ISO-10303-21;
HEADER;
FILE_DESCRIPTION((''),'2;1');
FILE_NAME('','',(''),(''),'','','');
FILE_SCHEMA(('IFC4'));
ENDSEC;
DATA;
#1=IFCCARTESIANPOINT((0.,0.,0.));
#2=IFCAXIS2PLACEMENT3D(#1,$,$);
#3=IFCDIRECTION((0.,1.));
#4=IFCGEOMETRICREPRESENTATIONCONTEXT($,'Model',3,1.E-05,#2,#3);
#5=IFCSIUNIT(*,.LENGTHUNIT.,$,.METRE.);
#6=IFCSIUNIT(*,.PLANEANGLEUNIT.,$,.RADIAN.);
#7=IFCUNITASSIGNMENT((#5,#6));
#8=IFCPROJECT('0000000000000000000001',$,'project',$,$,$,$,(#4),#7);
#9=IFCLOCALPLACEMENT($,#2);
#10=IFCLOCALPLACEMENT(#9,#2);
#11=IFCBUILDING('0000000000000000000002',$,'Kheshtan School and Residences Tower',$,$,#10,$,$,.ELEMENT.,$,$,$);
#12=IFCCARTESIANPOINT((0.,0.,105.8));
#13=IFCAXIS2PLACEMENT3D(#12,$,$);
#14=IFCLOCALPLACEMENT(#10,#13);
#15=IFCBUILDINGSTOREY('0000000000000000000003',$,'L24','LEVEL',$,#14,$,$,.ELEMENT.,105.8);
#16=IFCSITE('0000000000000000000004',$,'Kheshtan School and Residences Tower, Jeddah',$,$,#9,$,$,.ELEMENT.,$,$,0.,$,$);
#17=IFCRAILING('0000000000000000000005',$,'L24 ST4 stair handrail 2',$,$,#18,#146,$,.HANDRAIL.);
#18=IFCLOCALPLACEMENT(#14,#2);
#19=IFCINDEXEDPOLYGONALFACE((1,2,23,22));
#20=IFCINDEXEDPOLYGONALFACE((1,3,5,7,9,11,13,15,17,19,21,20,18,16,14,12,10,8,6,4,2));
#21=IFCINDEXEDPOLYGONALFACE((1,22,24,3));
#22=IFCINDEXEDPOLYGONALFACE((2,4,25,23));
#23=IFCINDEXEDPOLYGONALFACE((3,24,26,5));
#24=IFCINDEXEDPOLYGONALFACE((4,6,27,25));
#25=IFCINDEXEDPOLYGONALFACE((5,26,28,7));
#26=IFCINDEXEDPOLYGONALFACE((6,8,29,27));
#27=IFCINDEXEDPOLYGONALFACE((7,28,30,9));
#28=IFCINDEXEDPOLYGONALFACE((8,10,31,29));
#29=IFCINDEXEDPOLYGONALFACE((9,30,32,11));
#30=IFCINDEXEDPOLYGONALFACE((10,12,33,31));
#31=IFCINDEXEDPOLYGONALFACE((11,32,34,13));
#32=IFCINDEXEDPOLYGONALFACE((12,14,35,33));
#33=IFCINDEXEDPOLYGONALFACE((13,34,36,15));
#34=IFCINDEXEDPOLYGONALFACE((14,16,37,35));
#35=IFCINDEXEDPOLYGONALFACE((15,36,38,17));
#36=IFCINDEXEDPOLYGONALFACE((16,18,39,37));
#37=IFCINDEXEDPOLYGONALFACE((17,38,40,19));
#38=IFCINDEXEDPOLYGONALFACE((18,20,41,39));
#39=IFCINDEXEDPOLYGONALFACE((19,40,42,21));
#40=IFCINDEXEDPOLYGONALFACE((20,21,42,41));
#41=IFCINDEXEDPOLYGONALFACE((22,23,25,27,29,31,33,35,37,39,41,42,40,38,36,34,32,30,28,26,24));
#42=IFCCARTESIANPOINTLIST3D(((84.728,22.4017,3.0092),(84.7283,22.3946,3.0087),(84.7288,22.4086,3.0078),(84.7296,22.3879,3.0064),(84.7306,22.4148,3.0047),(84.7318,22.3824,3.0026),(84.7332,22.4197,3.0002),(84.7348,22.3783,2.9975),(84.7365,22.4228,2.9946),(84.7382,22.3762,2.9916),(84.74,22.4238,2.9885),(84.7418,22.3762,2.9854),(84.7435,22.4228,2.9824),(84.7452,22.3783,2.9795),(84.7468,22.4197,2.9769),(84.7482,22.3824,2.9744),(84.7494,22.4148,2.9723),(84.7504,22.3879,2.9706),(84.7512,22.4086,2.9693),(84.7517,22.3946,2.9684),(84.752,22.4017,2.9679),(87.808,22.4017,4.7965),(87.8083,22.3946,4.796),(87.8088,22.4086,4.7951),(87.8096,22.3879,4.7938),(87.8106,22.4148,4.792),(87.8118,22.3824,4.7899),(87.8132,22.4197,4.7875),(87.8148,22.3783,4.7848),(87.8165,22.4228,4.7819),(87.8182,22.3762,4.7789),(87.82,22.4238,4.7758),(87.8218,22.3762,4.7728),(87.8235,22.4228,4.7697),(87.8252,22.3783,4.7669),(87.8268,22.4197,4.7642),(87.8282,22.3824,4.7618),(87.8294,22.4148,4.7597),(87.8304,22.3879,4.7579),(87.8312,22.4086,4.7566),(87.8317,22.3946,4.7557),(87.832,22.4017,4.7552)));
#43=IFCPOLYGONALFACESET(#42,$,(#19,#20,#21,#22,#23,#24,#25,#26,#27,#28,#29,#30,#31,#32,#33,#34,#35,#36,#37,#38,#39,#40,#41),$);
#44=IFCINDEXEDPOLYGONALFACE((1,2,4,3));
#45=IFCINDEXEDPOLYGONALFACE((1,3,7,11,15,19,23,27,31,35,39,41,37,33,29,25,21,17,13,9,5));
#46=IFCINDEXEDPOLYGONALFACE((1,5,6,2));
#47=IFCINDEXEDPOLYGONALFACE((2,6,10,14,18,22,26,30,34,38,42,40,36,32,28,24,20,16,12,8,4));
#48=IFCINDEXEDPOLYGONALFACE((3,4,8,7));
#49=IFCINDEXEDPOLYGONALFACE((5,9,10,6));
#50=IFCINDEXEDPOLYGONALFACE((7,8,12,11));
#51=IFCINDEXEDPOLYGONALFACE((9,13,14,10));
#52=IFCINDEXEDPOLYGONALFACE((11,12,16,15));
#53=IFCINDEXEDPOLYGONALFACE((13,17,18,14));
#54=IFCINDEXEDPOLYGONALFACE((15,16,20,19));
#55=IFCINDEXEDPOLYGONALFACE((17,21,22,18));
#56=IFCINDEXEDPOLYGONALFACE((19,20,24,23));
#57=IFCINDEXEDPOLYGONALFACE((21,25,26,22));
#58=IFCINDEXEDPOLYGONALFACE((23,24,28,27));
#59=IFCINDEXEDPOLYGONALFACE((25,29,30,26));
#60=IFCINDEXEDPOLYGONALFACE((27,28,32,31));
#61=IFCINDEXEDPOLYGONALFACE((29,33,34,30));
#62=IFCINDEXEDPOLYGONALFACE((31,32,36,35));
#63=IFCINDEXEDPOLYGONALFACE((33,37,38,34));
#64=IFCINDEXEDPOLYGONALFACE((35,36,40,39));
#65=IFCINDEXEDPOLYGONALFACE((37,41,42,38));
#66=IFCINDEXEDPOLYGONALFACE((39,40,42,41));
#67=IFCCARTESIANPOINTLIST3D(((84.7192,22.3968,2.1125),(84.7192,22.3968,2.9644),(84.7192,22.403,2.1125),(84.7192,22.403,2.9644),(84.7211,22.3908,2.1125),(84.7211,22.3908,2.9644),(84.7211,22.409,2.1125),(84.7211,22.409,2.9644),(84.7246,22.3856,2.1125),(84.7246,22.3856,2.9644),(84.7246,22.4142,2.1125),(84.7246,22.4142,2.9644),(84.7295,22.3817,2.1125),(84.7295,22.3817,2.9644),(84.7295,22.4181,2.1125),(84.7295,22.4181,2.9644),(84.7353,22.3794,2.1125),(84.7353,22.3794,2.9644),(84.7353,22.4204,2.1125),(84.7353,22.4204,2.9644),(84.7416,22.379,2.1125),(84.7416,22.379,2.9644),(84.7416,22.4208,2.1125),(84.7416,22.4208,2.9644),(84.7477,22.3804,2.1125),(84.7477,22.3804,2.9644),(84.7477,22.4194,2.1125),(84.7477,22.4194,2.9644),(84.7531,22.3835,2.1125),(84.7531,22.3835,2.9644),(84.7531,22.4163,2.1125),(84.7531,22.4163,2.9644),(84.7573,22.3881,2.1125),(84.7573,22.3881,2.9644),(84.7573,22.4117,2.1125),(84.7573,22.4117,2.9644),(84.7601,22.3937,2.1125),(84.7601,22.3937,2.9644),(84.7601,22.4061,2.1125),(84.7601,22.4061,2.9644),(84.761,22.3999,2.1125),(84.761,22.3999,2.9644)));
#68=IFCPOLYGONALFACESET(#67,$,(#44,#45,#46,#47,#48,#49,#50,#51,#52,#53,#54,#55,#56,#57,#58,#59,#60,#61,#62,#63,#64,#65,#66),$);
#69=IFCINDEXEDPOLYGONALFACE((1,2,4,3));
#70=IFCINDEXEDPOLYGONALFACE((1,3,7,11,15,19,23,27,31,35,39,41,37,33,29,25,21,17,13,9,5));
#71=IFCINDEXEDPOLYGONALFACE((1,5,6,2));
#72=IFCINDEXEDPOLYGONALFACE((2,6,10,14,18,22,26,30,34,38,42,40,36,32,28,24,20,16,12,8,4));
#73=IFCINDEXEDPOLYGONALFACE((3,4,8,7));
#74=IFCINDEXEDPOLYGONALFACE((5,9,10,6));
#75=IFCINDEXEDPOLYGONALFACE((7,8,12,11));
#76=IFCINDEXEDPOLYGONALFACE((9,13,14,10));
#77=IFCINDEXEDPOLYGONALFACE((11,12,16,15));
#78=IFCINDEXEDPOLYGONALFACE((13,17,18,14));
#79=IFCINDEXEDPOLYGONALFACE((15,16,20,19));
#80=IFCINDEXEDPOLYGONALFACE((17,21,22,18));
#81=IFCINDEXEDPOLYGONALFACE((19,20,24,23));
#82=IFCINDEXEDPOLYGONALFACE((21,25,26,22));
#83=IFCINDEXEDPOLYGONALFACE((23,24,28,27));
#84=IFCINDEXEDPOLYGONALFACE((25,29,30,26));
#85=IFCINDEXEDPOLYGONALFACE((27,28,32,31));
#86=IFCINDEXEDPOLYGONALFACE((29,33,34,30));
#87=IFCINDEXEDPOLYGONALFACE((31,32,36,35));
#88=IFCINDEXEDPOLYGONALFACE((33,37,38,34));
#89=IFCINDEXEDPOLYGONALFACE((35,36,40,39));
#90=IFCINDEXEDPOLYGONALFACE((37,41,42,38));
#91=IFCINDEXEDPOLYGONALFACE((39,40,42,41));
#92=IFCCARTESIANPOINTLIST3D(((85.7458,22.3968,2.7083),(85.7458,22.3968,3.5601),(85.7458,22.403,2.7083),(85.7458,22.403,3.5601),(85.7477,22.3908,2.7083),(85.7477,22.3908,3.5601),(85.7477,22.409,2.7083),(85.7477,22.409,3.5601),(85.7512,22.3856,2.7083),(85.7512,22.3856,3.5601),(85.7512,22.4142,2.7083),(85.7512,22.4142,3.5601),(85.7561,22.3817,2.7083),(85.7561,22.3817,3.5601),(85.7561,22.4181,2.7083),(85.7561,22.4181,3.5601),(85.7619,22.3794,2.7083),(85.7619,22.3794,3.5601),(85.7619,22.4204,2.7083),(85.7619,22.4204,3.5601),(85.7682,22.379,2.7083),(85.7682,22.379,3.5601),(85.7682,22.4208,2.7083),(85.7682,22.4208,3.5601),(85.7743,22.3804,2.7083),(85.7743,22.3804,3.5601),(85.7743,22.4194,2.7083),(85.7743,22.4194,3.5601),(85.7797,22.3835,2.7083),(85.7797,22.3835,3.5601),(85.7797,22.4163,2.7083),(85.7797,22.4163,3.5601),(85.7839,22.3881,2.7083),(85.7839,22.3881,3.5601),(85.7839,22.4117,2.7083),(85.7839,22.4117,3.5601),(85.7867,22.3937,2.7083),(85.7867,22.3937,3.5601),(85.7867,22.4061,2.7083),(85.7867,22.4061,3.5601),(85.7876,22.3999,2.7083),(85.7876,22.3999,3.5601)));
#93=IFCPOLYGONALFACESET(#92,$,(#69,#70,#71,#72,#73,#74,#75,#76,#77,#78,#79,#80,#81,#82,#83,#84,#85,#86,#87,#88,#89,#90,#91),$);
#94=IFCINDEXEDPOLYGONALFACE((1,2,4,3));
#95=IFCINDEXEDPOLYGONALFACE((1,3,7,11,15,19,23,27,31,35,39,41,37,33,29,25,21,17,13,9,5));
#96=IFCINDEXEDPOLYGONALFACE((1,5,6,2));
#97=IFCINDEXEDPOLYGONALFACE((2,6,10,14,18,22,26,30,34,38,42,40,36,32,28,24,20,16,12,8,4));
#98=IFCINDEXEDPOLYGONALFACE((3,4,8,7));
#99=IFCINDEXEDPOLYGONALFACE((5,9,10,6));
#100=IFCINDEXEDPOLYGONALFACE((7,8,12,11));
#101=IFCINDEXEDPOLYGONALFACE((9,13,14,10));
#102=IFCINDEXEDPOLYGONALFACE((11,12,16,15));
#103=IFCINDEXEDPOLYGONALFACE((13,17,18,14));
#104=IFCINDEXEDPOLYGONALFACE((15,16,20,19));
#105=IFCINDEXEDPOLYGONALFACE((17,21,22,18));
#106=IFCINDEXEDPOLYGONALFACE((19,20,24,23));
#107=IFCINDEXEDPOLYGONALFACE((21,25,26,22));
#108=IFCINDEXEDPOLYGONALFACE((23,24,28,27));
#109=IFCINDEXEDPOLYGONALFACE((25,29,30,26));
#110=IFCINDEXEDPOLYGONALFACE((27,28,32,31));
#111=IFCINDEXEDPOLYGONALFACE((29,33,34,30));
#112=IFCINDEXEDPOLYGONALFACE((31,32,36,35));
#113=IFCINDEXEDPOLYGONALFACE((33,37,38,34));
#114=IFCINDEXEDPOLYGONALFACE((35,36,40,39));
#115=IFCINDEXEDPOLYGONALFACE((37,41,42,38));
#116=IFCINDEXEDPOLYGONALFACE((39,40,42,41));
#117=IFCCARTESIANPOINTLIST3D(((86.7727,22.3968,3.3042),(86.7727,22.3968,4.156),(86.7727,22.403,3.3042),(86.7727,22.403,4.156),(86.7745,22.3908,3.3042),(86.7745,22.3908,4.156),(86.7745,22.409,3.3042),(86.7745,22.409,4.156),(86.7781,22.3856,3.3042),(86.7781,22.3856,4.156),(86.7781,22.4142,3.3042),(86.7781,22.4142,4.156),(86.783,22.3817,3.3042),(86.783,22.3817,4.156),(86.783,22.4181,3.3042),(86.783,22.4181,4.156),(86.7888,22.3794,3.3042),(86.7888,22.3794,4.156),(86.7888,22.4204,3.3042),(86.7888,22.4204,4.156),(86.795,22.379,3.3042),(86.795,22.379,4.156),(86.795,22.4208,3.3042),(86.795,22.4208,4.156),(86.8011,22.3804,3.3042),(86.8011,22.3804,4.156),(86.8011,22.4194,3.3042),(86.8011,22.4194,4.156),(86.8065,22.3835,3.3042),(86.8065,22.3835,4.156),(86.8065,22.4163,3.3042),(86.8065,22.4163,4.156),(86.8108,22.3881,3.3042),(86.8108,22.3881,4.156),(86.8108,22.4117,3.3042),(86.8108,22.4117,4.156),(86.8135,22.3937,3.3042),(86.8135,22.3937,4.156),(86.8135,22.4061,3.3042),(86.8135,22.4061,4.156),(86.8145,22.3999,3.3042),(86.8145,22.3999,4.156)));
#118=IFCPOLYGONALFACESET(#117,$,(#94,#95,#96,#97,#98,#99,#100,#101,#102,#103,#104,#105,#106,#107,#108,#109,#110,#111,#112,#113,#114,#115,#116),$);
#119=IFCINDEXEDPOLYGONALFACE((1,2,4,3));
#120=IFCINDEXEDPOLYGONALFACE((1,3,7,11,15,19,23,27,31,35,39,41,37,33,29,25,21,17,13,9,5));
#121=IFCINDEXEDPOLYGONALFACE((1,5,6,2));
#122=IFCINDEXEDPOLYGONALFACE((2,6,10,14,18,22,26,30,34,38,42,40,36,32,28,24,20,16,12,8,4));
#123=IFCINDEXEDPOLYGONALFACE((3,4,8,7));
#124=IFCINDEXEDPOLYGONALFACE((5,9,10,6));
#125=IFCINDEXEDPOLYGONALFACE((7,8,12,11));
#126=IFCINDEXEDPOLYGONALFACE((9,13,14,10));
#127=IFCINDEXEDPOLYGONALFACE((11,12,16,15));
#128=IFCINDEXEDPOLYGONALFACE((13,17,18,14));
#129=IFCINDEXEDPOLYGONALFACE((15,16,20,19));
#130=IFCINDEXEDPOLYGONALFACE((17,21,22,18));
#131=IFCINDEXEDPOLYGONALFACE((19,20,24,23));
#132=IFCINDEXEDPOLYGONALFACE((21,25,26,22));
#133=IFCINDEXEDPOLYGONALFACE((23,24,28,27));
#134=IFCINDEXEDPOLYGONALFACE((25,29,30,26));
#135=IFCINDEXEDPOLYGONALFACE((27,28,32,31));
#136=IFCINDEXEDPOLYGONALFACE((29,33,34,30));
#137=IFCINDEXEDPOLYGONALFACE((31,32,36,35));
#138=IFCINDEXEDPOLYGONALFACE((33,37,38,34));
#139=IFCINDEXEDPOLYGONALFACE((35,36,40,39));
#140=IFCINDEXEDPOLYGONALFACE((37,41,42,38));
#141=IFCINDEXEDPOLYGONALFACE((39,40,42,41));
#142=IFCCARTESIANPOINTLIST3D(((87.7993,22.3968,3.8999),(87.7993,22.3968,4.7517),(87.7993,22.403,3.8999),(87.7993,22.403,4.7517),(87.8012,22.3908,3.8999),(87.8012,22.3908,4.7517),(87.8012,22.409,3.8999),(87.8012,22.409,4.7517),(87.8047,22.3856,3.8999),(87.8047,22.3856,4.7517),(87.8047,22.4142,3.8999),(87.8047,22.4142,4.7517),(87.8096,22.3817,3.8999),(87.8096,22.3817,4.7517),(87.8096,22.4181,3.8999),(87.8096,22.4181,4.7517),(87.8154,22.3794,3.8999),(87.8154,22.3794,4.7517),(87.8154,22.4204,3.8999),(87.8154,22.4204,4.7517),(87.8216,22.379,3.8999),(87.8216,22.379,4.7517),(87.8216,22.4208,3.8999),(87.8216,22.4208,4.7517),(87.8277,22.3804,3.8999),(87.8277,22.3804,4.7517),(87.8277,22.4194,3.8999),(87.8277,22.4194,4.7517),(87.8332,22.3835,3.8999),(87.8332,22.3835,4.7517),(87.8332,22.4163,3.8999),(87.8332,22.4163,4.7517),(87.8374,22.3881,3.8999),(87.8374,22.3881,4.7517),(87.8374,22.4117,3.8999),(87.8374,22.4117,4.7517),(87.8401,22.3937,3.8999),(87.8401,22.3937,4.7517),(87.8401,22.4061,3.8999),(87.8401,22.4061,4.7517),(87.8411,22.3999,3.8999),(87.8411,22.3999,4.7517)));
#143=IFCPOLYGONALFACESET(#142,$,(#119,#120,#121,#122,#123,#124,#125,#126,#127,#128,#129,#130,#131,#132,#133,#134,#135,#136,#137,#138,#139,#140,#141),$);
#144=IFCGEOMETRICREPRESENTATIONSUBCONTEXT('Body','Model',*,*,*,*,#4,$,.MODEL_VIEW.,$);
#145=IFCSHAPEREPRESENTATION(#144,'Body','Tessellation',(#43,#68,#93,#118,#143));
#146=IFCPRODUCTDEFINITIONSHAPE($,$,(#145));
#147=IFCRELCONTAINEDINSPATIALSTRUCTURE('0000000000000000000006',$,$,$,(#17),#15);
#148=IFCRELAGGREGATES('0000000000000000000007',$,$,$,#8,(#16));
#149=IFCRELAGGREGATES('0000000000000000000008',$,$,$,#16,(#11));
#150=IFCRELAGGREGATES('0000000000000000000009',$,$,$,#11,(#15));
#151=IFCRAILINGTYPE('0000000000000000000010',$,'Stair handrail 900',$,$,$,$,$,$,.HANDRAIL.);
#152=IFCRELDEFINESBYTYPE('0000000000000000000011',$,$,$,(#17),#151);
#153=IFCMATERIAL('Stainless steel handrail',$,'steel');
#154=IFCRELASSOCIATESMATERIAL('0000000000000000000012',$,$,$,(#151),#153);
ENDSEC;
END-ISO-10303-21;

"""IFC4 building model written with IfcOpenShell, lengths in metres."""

from ifc_helpers import new_model, si_unit, direction, frame, origin, origin_2d, place, context, subcontext, project, spatial, circle, extrude, material, type_object, element, save


model = new_model("IFC4")

# Units and contexts
model_context = context("Model", 3, precision=1e-05, world=origin(), true_north=direction((0.0, 1.0)))
body_context = subcontext(model_context, "Body", "Model", "MODEL_VIEW")
ifc_project = project(units=[si_unit("LENGTHUNIT", "METRE"), si_unit("PLANEANGLEUNIT", "RADIAN")], contexts=[model_context])

# Site, building, storey
site_placement = place(None, origin())
site = spatial("IfcSite", under=ifc_project, at=site_placement, Name="Kheshtan School and Residences Tower, Jeddah", CompositionType="ELEMENT", RefElevation=0.0)
building_placement = place(site_placement, origin())
building = spatial("IfcBuilding", under=site, at=building_placement, Name="Kheshtan School and Residences Tower", CompositionType="ELEMENT")
storey_placement = place(building_placement, frame((0.0, 0.0, 105.8)))
storey = spatial("IfcBuildingStorey", under=building, at=storey_placement, Name="L24", Description="LEVEL", CompositionType="ELEMENT", Elevation=105.8)

# Railing
ifc_material_1 = material(Name="Stainless steel handrail", Category="steel")
railing_type_1 = type_object("IfcRailingType", Name="Stair handrail 900", PredefinedType="HANDRAIL", material=ifc_material_1)
railing_1_placement = place(storey_placement, frame((84.74, 22.3999, 2.1125)))
element("IfcRailing", 1, at=railing_1_placement, inside=storey, type_object=railing_type_1, Name="L24 ST4 stair handrail 2", PredefinedType="HANDRAIL", context=body_context, shape_type="SweptSolid", body=[
    extrude(circle(Radius=0.0239, at=origin_2d()), frame((0.0, 0.0, 0.876), z_axis=(0.86492, 0.0, 0.501909), x_axis=(0.0, 1.0, 0.0)), (0.0, 0.0, 1.0), 3.561),
    extrude(circle(Radius=0.021, at=origin_2d()), origin(), (0.0, 0.0, 1.0), 0.8518),
    extrude(circle(Radius=0.021, at=origin_2d()), frame((1.0266, 0.0, 0.5957)), (0.0, 0.0, 1.0), 0.8518),
    extrude(circle(Radius=0.021, at=origin_2d()), frame((2.0535, 0.0, 1.1917)), (0.0, 0.0, 1.0), 0.8518),
    extrude(circle(Radius=0.021, at=origin_2d()), frame((3.0801, 0.0, 1.7874)), (0.0, 0.0, 1.0), 0.8518),
])

save(model, "model.ifc")
